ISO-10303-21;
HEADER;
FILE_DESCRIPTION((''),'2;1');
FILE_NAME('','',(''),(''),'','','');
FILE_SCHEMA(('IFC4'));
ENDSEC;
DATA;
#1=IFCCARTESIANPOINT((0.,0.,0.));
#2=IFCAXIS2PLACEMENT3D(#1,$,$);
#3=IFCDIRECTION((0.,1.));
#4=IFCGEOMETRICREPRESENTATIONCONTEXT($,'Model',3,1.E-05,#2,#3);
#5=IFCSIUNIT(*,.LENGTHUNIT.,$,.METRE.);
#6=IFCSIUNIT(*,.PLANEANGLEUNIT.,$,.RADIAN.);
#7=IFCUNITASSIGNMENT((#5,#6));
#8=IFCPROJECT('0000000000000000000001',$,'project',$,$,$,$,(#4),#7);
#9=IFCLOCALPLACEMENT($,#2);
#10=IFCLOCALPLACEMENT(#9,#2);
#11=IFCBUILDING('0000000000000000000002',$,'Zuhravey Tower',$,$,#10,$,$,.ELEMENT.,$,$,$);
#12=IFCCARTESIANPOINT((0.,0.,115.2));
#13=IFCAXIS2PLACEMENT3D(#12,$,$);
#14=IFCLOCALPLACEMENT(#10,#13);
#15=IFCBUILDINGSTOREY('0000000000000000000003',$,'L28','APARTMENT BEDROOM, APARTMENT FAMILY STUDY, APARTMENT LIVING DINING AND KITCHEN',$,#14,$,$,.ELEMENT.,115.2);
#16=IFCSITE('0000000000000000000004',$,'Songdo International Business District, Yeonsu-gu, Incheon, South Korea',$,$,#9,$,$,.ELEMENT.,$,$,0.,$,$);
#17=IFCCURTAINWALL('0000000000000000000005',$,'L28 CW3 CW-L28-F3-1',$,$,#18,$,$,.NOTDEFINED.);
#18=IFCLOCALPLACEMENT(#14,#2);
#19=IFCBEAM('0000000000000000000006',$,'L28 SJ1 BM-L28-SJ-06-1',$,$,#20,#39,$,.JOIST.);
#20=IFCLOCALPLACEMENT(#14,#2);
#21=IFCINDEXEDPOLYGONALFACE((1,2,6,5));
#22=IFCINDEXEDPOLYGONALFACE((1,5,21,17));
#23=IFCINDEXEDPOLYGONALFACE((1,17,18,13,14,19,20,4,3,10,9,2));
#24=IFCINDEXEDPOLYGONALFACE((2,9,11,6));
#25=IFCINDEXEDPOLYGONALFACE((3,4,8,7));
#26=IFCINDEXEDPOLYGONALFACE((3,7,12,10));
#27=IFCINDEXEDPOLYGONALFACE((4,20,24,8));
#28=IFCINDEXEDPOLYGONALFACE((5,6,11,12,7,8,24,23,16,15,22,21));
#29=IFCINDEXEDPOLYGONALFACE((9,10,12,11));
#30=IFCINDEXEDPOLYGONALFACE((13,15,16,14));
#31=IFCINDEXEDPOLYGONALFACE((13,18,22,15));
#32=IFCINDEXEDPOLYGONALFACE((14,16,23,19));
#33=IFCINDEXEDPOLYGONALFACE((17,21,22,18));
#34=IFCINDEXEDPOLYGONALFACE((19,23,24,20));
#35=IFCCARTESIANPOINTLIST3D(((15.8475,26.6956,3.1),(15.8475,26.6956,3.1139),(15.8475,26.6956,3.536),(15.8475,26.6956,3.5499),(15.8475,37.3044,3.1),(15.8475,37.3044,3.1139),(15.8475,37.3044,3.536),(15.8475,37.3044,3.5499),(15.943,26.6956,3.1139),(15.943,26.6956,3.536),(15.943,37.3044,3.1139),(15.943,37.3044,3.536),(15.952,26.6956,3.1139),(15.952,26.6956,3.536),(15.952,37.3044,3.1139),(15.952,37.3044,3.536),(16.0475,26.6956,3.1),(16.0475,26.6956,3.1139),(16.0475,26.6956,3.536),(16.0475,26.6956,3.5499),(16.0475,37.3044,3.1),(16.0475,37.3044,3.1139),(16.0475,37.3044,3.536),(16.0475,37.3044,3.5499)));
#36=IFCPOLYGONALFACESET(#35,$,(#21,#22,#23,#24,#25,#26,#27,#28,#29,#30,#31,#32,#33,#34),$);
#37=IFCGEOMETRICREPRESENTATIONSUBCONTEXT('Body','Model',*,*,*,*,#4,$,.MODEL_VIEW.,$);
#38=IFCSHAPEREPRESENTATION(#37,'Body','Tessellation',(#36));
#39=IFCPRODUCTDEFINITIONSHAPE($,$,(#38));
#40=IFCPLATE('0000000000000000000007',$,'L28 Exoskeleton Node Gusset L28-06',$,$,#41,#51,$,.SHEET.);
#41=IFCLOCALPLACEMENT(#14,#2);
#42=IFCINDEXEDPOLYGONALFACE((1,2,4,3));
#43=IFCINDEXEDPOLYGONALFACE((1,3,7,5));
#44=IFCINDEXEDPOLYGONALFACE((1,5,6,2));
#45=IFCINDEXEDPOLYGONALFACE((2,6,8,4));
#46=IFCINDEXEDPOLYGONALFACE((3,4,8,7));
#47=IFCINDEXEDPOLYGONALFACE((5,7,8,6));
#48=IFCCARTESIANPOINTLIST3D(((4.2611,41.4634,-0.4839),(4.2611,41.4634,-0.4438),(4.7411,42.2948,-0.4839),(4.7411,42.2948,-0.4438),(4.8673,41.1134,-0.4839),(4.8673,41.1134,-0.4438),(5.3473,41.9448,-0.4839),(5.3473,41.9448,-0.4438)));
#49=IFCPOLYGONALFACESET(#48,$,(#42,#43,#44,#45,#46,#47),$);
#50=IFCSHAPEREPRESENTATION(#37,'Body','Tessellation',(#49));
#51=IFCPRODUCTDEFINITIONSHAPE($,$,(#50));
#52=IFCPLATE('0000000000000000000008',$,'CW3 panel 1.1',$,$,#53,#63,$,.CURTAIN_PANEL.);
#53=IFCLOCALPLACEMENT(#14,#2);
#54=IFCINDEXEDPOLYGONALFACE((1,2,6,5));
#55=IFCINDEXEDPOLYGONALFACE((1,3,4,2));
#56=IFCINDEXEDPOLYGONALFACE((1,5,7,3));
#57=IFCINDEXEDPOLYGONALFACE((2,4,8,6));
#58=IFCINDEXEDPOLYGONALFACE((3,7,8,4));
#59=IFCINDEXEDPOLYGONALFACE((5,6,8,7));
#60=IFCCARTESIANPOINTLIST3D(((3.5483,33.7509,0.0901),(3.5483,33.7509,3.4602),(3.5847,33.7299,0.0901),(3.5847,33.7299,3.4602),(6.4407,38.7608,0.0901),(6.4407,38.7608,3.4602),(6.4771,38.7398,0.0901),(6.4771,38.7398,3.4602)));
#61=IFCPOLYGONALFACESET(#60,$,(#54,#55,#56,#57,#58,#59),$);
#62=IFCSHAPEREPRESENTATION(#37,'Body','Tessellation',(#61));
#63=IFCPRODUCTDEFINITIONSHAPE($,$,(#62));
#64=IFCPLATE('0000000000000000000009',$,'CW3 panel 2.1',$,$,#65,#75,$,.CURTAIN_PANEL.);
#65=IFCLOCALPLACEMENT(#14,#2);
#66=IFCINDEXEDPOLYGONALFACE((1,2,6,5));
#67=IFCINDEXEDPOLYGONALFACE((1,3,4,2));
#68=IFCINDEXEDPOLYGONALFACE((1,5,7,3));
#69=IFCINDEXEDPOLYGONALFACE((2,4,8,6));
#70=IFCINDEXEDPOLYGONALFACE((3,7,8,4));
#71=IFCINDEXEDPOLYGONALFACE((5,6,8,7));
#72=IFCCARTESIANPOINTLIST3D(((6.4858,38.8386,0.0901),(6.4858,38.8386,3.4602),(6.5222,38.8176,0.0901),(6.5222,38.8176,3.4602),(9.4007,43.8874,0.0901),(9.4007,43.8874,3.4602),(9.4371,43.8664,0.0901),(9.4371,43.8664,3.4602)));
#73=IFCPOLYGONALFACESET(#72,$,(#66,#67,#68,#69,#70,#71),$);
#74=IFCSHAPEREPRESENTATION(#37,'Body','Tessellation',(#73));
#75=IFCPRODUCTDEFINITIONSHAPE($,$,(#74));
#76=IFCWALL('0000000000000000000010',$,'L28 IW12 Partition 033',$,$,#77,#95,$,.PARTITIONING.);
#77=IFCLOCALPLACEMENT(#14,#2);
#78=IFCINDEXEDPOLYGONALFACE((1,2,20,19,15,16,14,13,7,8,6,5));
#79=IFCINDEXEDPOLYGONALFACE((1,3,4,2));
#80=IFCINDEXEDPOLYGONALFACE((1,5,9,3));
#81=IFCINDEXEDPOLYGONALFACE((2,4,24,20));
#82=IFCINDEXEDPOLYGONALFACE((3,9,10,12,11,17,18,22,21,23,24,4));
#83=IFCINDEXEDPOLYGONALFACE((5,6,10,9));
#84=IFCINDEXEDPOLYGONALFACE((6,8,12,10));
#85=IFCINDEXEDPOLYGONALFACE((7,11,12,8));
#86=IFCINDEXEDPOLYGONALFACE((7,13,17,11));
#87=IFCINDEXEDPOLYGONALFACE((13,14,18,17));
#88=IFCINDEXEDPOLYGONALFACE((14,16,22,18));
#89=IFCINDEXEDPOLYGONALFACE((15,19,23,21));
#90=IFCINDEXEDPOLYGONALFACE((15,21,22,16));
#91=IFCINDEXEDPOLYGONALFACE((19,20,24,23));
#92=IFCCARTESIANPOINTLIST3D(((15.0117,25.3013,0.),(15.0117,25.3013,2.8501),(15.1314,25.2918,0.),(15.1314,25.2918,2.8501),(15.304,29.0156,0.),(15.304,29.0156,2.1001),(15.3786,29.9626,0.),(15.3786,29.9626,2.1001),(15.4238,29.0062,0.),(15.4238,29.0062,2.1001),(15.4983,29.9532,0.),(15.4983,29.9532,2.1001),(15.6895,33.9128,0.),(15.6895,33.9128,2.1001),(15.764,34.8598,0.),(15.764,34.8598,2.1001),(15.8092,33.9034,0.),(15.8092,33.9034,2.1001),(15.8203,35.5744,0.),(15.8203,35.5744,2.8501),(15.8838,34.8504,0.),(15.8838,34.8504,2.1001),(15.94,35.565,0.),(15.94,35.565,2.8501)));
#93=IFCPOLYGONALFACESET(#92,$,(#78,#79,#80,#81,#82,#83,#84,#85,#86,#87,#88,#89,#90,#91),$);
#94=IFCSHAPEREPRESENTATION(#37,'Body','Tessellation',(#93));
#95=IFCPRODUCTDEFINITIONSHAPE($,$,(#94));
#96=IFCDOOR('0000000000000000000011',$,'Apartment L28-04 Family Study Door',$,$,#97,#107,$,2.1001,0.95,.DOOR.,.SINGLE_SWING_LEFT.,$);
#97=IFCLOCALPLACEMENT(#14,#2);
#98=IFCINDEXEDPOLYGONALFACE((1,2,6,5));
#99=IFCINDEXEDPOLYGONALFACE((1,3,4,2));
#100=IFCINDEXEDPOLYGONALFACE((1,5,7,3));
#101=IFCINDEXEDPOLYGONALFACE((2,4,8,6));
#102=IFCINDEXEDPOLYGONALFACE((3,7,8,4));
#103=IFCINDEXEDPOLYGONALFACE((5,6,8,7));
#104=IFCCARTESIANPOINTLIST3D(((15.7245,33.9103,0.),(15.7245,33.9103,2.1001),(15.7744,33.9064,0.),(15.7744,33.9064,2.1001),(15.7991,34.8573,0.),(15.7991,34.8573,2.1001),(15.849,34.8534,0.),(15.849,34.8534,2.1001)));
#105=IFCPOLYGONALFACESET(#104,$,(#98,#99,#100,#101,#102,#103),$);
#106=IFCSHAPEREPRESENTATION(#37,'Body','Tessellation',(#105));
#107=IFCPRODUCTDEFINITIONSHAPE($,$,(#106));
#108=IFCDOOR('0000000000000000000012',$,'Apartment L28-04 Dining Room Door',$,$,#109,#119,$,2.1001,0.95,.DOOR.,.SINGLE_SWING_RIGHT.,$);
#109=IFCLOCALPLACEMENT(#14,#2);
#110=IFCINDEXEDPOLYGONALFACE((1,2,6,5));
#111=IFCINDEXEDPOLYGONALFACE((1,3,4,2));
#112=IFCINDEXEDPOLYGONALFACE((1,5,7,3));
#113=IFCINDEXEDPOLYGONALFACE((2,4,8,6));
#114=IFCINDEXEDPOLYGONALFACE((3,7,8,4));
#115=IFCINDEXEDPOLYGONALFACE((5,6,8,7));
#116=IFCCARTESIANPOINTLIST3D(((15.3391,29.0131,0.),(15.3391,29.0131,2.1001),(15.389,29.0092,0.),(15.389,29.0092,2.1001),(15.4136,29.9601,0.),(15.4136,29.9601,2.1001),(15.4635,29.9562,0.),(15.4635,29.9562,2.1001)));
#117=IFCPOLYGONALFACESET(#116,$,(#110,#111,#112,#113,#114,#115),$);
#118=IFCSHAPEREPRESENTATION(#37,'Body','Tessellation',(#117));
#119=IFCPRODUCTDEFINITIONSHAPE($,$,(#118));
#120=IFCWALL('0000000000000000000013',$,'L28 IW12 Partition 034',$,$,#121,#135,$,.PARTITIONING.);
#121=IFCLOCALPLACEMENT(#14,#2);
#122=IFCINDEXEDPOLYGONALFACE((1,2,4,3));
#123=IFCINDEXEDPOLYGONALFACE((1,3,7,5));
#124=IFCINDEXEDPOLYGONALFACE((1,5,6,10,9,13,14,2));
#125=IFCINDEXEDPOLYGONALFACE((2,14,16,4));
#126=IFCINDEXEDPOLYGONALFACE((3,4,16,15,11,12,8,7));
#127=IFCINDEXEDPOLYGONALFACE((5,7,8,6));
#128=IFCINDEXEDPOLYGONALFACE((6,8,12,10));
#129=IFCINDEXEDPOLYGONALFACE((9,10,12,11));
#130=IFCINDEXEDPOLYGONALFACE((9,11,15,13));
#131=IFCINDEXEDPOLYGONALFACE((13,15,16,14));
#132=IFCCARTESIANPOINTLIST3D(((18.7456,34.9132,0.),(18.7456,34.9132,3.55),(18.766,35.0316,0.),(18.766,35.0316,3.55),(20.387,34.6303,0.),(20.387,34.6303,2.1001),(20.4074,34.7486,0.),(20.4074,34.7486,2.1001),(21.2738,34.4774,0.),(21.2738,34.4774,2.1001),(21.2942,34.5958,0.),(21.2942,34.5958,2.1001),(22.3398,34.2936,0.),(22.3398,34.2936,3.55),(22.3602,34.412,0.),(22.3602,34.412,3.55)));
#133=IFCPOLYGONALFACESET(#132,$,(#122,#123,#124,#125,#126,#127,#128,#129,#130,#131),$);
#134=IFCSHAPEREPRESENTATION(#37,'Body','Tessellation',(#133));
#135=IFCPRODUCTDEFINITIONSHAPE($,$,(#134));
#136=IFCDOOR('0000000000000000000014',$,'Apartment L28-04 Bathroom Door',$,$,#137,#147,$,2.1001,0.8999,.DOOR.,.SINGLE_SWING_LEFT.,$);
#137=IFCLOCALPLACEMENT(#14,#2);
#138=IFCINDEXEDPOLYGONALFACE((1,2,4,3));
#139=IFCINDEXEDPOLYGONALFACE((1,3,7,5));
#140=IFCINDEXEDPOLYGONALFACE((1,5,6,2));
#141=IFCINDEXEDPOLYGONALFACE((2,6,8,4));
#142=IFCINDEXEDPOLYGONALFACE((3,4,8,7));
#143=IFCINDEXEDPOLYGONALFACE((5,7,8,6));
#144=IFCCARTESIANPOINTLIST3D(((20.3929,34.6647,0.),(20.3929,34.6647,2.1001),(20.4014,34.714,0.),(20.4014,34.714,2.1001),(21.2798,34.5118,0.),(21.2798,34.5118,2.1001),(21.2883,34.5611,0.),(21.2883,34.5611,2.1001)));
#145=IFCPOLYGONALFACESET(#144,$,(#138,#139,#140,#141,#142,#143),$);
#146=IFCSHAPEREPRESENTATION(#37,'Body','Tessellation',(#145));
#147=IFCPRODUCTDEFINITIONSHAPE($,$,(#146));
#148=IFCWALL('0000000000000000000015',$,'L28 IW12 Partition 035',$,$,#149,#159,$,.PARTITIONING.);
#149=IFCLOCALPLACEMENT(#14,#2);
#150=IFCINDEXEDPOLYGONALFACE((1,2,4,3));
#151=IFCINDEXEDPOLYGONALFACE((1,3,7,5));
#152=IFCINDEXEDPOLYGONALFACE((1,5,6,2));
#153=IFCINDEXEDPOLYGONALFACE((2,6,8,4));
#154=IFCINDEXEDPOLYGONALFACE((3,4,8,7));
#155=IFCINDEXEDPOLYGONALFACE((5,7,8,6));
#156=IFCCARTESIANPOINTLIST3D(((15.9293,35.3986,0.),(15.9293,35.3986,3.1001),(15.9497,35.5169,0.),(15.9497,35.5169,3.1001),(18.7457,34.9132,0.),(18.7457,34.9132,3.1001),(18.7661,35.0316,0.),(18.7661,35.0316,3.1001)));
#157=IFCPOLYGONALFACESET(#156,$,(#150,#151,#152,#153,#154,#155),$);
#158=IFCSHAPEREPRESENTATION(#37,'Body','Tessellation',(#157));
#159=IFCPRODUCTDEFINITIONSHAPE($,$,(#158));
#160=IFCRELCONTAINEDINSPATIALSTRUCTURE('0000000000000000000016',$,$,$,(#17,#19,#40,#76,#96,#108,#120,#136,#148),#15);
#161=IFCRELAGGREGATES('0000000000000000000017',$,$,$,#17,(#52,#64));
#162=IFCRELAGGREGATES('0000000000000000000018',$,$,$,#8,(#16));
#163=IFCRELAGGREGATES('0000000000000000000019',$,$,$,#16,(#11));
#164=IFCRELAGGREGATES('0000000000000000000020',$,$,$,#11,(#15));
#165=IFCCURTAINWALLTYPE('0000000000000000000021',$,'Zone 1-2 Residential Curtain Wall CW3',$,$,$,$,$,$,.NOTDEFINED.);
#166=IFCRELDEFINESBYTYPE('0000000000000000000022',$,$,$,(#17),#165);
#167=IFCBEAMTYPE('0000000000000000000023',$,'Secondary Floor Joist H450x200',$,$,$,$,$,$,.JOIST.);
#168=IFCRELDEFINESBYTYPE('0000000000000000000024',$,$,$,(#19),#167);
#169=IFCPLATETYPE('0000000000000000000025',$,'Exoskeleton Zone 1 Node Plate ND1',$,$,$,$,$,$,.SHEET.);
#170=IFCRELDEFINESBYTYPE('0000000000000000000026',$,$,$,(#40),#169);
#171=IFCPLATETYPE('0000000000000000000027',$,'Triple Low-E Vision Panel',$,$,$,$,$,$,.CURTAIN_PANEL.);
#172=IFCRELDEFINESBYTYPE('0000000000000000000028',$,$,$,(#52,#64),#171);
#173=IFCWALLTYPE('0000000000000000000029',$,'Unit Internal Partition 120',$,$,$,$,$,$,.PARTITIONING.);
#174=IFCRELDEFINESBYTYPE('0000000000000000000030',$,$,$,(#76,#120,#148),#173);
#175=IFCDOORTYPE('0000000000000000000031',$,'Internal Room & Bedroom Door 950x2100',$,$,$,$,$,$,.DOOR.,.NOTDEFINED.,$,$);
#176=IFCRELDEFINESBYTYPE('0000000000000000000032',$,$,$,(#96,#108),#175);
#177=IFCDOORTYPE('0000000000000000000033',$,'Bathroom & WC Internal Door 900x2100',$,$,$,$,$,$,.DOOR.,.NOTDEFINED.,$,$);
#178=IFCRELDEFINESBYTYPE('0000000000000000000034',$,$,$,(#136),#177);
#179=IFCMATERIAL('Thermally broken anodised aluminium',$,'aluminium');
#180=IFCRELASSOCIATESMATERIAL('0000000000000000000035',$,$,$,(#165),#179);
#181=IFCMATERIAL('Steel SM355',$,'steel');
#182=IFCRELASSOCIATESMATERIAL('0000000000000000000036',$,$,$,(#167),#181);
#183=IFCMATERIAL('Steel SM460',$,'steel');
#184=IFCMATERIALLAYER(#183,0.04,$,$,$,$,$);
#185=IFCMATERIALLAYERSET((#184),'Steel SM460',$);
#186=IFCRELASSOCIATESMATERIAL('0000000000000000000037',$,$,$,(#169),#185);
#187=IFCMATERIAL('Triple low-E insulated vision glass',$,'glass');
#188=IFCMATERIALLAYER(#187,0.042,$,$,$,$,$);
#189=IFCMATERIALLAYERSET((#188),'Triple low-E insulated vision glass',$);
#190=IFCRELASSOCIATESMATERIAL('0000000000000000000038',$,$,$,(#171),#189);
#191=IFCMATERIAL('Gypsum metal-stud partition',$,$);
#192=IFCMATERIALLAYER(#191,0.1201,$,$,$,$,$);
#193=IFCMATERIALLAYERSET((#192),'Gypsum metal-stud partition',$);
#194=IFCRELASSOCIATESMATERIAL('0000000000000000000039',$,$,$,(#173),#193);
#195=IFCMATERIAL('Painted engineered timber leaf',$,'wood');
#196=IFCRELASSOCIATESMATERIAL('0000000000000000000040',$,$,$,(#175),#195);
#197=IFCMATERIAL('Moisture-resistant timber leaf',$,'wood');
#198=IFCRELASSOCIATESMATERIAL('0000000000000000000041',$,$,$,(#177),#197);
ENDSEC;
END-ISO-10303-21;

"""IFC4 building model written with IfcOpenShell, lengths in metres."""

from ifc_helpers import new_model, si_unit, direction, frame, frame_2d, origin, origin_2d, place, context, subcontext, project, spatial, rectangle, i_section, extrude, material, layer, layer_set, material_profile, profile_set, type_object, element, fill, aggregate, save


model = new_model("IFC4")

# Units and contexts
model_context = context("Model", 3, precision=1e-05, world=origin(), true_north=direction((0.0, 1.0)))
body_context = subcontext(model_context, "Body", "Model", "MODEL_VIEW")
ifc_project = project(units=[si_unit("LENGTHUNIT", "METRE"), si_unit("PLANEANGLEUNIT", "RADIAN")], contexts=[model_context])

# Site, building, storey
site_placement = place(None, origin())
site = spatial("IfcSite", under=ifc_project, at=site_placement, Name="Songdo International Business District, Yeonsu-gu, Incheon, South Korea", CompositionType="ELEMENT", RefElevation=0.0)
building_placement = place(site_placement, origin())
building = spatial("IfcBuilding", under=site, at=building_placement, Name="Zuhravey Tower", CompositionType="ELEMENT")
storey_placement = place(building_placement, frame((0.0, 0.0, 115.2)))
storey = spatial("IfcBuildingStorey", under=building, at=storey_placement, Name="L28", Description="APARTMENT BEDROOM, APARTMENT FAMILY STUDY, APARTMENT LIVING DINING AND KITCHEN", CompositionType="ELEMENT", Elevation=115.2)

# Curtain wall
ifc_material_1 = material(Name="Thermally broken anodised aluminium", Category="aluminium")
curtain_wall_type = type_object("IfcCurtainWallType", Name="Zone 1-2 Residential Curtain Wall CW3", PredefinedType="NOTDEFINED", material=ifc_material_1)
curtain_wall_placement = place(storey_placement, origin())
curtain_wall = element("IfcCurtainWall", 1, at=curtain_wall_placement, inside=storey, type_object=curtain_wall_type, Name="L28 CW3 CW-L28-F3-1", PredefinedType="NOTDEFINED")

# Shared definitions
ifc_material_2 = material(Name="Steel SM460", Category="steel")

# Beam
ifc_material_3 = material(Name="Steel SM355", Category="steel")
ifc_material_profile_1 = material_profile(ifc_material_3, i_section(OverallWidth=0.2, OverallDepth=0.45, WebThickness=0.009, FlangeThickness=0.0139, at=origin_2d()), Name="H-450x200x9x14")
ifc_profile_set_1 = profile_set([ifc_material_profile_1], Name="Steel SM355")
beam_type_1 = type_object("IfcBeamType", Name="Secondary Floor Joist H450x200", PredefinedType="JOIST", material=ifc_profile_set_1)
beam_1_placement = place(storey_placement, frame((15.9475, 37.3044, 3.325), z_axis=(0.0, -1.0, 0.0), x_axis=(1.0, 0.0, 0.0)))
element("IfcBeam", 2, at=beam_1_placement, inside=storey, type_object=beam_type_1, Name="L28 SJ1 BM-L28-SJ-06-1", PredefinedType="JOIST", context=body_context, shape_type="SweptSolid", body=[
    extrude(i_section(OverallWidth=0.2, OverallDepth=0.45, WebThickness=0.009, FlangeThickness=0.0139, at=origin_2d()), origin(), (0.0, 0.0, 1.0), 10.6089),
])

# Plates
ifc_layer_1 = layer(ifc_material_2, 0.04)
ifc_layer_set_1 = layer_set([ifc_layer_1], Name="Steel SM460")
plate_type_1 = type_object("IfcPlateType", Name="Exoskeleton Zone 1 Node Plate ND1", PredefinedType="SHEET", material=ifc_layer_set_1)
plate_1_placement = place(storey_placement, frame((4.8042, 41.7041, -0.4839), z_axis=(0.0, 0.0, 1.0), x_axis=(-0.5, -0.866025, 0.0)))
element("IfcPlate", 3, at=plate_1_placement, inside=storey, type_object=plate_type_1, Name="L28 Exoskeleton Node Gusset L28-06", PredefinedType="SHEET", context=body_context, shape_type="SweptSolid", body=[
    extrude(rectangle(XDim=0.96, YDim=0.7, at=origin_2d()), origin(), (0.0, 0.0, 1.0), 0.04),
])
ifc_material_4 = material(Name="Triple low-E insulated vision glass", Category="glass")
ifc_layer_2 = layer(ifc_material_4, 0.042)
ifc_layer_set_2 = layer_set([ifc_layer_2], Name="Triple low-E insulated vision glass")
plate_type_2 = type_object("IfcPlateType", Name="Triple Low-E Vision Panel", PredefinedType="CURTAIN_PANEL", material=ifc_layer_set_2)
plate_2_placement = place(storey_placement, frame((5.0127, 36.2454, 0.0901), z_axis=(0.0, 0.0, 1.0), x_axis=(0.5, 0.866026, 0.0)))
plate_2 = element("IfcPlate", 4, at=plate_2_placement, type_object=plate_type_2, Name="CW3 panel 1.1", PredefinedType="CURTAIN_PANEL", context=body_context, shape_type="SweptSolid", body=[
    extrude(rectangle(XDim=5.7849, YDim=0.042, at=origin_2d()), origin(), (0.0, 0.0, 1.0), 3.3701),
])
plate_3_placement = place(storey_placement, frame((7.9614, 41.3525, 0.0901), z_axis=(0.0, 0.0, 1.0), x_axis=(0.5, 0.866026, 0.0)))
plate_3 = element("IfcPlate", 5, at=plate_3_placement, type_object=plate_type_2, Name="CW3 panel 2.1", PredefinedType="CURTAIN_PANEL", context=body_context, shape_type="SweptSolid", body=[
    extrude(rectangle(XDim=5.8298, YDim=0.042, at=origin_2d()), origin(), (0.0, 0.0, 1.0), 3.3701),
])
aggregate(curtain_wall, [plate_2, plate_3])

# Wall, openings, doors
ifc_material_5 = material(Name="Gypsum metal-stud partition")
ifc_layer_3 = layer(ifc_material_5, 0.1201)
ifc_layer_set_3 = layer_set([ifc_layer_3], Name="Gypsum metal-stud partition")
wall_type = type_object("IfcWallType", Name="Unit Internal Partition 120", PredefinedType="PARTITIONING", material=ifc_layer_set_3)
wall_1_placement = place(storey_placement, frame((15.8801, 35.5696, 0.0), z_axis=(0.0, 0.0, 1.0), x_axis=(-0.078466, -0.996917, 0.0)))
wall_1 = element("IfcWall", 6, at=wall_1_placement, inside=storey, type_object=wall_type, Name="L28 IW12 Partition 033", PredefinedType="PARTITIONING", context=body_context, shape_type="SweptSolid", body=[
    extrude(rectangle(XDim=10.3049, YDim=0.1201, at=frame_2d((5.1523, 0.0))), origin(), (0.0, 0.0, 1.0), 2.8501),
])
opening_1_placement = place(wall_1_placement, frame((0.7166, 0.0, 0.0)))
opening_1 = element("IfcOpeningElement", 7, at=opening_1_placement, cuts=wall_1, PredefinedType="OPENING", context=body_context, shape_type="SweptSolid", body=[
    extrude(rectangle(XDim=0.95, YDim=2.1001, at=frame_2d((0.4751, 1.05))), frame((0.0, 0.072, 0.0), z_axis=(0.0, -1.0, 0.0), x_axis=(1.0, 0.0, 0.0)), (0.0, 0.0, 1.0), 0.144),
])
opening_2_placement = place(wall_1_placement, frame((5.6289, 0.0, 0.0)))
opening_2 = element("IfcOpeningElement", 8, at=opening_2_placement, cuts=wall_1, PredefinedType="OPENING", context=body_context, shape_type="SweptSolid", body=[
    extrude(rectangle(XDim=0.95, YDim=2.1001, at=frame_2d((0.4751, 1.05))), frame((0.0, 0.072, 0.0), z_axis=(0.0, -1.0, 0.0), x_axis=(1.0, 0.0, 0.0)), (0.0, 0.0, 1.0), 0.144),
])
ifc_material_6 = material(Name="Painted engineered timber leaf", Category="wood")
door_type_1 = type_object("IfcDoorType", Name="Internal Room & Bedroom Door 950x2100", OperationType="NOTDEFINED", PredefinedType="DOOR", material=ifc_material_6)
door_1_placement = place(opening_1_placement, frame((0.95, 0.0, 0.0), z_axis=(0.0, 0.0, 1.0), x_axis=(-1.0, 0.0, 0.0)))
door_1 = element("IfcDoor", 9, at=door_1_placement, inside=storey, type_object=door_type_1, Name="Apartment L28-04 Family Study Door", OperationType="SINGLE_SWING_LEFT", OverallHeight=2.1001, OverallWidth=0.95, PredefinedType="DOOR", context=body_context, shape_type="SweptSolid", body=[
    extrude(rectangle(XDim=0.95, YDim=2.1001, at=frame_2d((0.4751, 1.05))), frame((0.0, 0.0249, 0.0), z_axis=(0.0, -1.0, 0.0), x_axis=(1.0, 0.0, 0.0)), (0.0, 0.0, 1.0), 0.05),
])
fill(opening_1, door_1)
door_2_placement = place(opening_2_placement, frame((0.95, 0.0, 0.0), z_axis=(0.0, 0.0, 1.0), x_axis=(-1.0, 0.0, 0.0)))
door_2 = element("IfcDoor", 10, at=door_2_placement, inside=storey, type_object=door_type_1, Name="Apartment L28-04 Dining Room Door", OperationType="SINGLE_SWING_RIGHT", OverallHeight=2.1001, OverallWidth=0.95, PredefinedType="DOOR", context=body_context, shape_type="SweptSolid", body=[
    extrude(rectangle(XDim=0.95, YDim=2.1001, at=frame_2d((0.4751, 1.05))), frame((0.0, 0.0249, 0.0), z_axis=(0.0, -1.0, 0.0), x_axis=(1.0, 0.0, 0.0)), (0.0, 0.0, 1.0), 0.05),
])
fill(opening_2, door_2)

# Wall, opening, door
wall_2_placement = place(storey_placement, frame((22.3501, 34.3528, 0.0), z_axis=(0.0, 0.0, 1.0), x_axis=(-0.985463, 0.169889, 0.0)))
wall_2 = element("IfcWall", 11, at=wall_2_placement, inside=storey, type_object=wall_type, Name="L28 IW12 Partition 034", PredefinedType="PARTITIONING", context=body_context, shape_type="SweptSolid", body=[
    extrude(rectangle(XDim=3.6472, YDim=0.1201, at=frame_2d((1.8237, 0.0))), origin(), (0.0, 0.0, 1.0), 3.55),
])
opening_3_placement = place(wall_2_placement, frame((1.0818, 0.0, 0.0)))
opening_3 = element("IfcOpeningElement", 12, at=opening_3_placement, cuts=wall_2, PredefinedType="OPENING", context=body_context, shape_type="SweptSolid", body=[
    extrude(rectangle(XDim=0.8999, YDim=2.1001, at=frame_2d((0.45, 1.05))), frame((0.0, 0.072, 0.0), z_axis=(0.0, -1.0, 0.0), x_axis=(1.0, 0.0, 0.0)), (0.0, 0.0, 1.0), 0.144),
])
ifc_material_7 = material(Name="Moisture-resistant timber leaf", Category="wood")
door_type_2 = type_object("IfcDoorType", Name="Bathroom & WC Internal Door 900x2100", OperationType="NOTDEFINED", PredefinedType="DOOR", material=ifc_material_7)
door_3_placement = place(opening_3_placement, frame((0.8999, 0.0, 0.0), z_axis=(0.0, 0.0, 1.0), x_axis=(-1.0, 0.0, 0.0)))
door_3 = element("IfcDoor", 13, at=door_3_placement, inside=storey, type_object=door_type_2, Name="Apartment L28-04 Bathroom Door", OperationType="SINGLE_SWING_LEFT", OverallHeight=2.1001, OverallWidth=0.8999, PredefinedType="DOOR", context=body_context, shape_type="SweptSolid", body=[
    extrude(rectangle(XDim=0.8999, YDim=2.1001, at=frame_2d((0.45, 1.05))), frame((0.0, 0.0249, 0.0), z_axis=(0.0, -1.0, 0.0), x_axis=(1.0, 0.0, 0.0)), (0.0, 0.0, 1.0), 0.05),
])
fill(opening_3, door_3)

# Wall
wall_3_placement = place(storey_placement, frame((18.7559, 34.9724, 0.0), z_axis=(0.0, 0.0, 1.0), x_axis=(-0.985474, 0.169827, 0.0)))
element("IfcWall", 14, at=wall_3_placement, inside=storey, type_object=wall_type, Name="L28 IW12 Partition 035", PredefinedType="PARTITIONING", context=body_context, shape_type="SweptSolid", body=[
    extrude(rectangle(XDim=2.8579, YDim=0.1201, at=frame_2d((1.429, 0.0))), origin(), (0.0, 0.0, 1.0), 3.1001),
])

save(model, "model.ifc")
